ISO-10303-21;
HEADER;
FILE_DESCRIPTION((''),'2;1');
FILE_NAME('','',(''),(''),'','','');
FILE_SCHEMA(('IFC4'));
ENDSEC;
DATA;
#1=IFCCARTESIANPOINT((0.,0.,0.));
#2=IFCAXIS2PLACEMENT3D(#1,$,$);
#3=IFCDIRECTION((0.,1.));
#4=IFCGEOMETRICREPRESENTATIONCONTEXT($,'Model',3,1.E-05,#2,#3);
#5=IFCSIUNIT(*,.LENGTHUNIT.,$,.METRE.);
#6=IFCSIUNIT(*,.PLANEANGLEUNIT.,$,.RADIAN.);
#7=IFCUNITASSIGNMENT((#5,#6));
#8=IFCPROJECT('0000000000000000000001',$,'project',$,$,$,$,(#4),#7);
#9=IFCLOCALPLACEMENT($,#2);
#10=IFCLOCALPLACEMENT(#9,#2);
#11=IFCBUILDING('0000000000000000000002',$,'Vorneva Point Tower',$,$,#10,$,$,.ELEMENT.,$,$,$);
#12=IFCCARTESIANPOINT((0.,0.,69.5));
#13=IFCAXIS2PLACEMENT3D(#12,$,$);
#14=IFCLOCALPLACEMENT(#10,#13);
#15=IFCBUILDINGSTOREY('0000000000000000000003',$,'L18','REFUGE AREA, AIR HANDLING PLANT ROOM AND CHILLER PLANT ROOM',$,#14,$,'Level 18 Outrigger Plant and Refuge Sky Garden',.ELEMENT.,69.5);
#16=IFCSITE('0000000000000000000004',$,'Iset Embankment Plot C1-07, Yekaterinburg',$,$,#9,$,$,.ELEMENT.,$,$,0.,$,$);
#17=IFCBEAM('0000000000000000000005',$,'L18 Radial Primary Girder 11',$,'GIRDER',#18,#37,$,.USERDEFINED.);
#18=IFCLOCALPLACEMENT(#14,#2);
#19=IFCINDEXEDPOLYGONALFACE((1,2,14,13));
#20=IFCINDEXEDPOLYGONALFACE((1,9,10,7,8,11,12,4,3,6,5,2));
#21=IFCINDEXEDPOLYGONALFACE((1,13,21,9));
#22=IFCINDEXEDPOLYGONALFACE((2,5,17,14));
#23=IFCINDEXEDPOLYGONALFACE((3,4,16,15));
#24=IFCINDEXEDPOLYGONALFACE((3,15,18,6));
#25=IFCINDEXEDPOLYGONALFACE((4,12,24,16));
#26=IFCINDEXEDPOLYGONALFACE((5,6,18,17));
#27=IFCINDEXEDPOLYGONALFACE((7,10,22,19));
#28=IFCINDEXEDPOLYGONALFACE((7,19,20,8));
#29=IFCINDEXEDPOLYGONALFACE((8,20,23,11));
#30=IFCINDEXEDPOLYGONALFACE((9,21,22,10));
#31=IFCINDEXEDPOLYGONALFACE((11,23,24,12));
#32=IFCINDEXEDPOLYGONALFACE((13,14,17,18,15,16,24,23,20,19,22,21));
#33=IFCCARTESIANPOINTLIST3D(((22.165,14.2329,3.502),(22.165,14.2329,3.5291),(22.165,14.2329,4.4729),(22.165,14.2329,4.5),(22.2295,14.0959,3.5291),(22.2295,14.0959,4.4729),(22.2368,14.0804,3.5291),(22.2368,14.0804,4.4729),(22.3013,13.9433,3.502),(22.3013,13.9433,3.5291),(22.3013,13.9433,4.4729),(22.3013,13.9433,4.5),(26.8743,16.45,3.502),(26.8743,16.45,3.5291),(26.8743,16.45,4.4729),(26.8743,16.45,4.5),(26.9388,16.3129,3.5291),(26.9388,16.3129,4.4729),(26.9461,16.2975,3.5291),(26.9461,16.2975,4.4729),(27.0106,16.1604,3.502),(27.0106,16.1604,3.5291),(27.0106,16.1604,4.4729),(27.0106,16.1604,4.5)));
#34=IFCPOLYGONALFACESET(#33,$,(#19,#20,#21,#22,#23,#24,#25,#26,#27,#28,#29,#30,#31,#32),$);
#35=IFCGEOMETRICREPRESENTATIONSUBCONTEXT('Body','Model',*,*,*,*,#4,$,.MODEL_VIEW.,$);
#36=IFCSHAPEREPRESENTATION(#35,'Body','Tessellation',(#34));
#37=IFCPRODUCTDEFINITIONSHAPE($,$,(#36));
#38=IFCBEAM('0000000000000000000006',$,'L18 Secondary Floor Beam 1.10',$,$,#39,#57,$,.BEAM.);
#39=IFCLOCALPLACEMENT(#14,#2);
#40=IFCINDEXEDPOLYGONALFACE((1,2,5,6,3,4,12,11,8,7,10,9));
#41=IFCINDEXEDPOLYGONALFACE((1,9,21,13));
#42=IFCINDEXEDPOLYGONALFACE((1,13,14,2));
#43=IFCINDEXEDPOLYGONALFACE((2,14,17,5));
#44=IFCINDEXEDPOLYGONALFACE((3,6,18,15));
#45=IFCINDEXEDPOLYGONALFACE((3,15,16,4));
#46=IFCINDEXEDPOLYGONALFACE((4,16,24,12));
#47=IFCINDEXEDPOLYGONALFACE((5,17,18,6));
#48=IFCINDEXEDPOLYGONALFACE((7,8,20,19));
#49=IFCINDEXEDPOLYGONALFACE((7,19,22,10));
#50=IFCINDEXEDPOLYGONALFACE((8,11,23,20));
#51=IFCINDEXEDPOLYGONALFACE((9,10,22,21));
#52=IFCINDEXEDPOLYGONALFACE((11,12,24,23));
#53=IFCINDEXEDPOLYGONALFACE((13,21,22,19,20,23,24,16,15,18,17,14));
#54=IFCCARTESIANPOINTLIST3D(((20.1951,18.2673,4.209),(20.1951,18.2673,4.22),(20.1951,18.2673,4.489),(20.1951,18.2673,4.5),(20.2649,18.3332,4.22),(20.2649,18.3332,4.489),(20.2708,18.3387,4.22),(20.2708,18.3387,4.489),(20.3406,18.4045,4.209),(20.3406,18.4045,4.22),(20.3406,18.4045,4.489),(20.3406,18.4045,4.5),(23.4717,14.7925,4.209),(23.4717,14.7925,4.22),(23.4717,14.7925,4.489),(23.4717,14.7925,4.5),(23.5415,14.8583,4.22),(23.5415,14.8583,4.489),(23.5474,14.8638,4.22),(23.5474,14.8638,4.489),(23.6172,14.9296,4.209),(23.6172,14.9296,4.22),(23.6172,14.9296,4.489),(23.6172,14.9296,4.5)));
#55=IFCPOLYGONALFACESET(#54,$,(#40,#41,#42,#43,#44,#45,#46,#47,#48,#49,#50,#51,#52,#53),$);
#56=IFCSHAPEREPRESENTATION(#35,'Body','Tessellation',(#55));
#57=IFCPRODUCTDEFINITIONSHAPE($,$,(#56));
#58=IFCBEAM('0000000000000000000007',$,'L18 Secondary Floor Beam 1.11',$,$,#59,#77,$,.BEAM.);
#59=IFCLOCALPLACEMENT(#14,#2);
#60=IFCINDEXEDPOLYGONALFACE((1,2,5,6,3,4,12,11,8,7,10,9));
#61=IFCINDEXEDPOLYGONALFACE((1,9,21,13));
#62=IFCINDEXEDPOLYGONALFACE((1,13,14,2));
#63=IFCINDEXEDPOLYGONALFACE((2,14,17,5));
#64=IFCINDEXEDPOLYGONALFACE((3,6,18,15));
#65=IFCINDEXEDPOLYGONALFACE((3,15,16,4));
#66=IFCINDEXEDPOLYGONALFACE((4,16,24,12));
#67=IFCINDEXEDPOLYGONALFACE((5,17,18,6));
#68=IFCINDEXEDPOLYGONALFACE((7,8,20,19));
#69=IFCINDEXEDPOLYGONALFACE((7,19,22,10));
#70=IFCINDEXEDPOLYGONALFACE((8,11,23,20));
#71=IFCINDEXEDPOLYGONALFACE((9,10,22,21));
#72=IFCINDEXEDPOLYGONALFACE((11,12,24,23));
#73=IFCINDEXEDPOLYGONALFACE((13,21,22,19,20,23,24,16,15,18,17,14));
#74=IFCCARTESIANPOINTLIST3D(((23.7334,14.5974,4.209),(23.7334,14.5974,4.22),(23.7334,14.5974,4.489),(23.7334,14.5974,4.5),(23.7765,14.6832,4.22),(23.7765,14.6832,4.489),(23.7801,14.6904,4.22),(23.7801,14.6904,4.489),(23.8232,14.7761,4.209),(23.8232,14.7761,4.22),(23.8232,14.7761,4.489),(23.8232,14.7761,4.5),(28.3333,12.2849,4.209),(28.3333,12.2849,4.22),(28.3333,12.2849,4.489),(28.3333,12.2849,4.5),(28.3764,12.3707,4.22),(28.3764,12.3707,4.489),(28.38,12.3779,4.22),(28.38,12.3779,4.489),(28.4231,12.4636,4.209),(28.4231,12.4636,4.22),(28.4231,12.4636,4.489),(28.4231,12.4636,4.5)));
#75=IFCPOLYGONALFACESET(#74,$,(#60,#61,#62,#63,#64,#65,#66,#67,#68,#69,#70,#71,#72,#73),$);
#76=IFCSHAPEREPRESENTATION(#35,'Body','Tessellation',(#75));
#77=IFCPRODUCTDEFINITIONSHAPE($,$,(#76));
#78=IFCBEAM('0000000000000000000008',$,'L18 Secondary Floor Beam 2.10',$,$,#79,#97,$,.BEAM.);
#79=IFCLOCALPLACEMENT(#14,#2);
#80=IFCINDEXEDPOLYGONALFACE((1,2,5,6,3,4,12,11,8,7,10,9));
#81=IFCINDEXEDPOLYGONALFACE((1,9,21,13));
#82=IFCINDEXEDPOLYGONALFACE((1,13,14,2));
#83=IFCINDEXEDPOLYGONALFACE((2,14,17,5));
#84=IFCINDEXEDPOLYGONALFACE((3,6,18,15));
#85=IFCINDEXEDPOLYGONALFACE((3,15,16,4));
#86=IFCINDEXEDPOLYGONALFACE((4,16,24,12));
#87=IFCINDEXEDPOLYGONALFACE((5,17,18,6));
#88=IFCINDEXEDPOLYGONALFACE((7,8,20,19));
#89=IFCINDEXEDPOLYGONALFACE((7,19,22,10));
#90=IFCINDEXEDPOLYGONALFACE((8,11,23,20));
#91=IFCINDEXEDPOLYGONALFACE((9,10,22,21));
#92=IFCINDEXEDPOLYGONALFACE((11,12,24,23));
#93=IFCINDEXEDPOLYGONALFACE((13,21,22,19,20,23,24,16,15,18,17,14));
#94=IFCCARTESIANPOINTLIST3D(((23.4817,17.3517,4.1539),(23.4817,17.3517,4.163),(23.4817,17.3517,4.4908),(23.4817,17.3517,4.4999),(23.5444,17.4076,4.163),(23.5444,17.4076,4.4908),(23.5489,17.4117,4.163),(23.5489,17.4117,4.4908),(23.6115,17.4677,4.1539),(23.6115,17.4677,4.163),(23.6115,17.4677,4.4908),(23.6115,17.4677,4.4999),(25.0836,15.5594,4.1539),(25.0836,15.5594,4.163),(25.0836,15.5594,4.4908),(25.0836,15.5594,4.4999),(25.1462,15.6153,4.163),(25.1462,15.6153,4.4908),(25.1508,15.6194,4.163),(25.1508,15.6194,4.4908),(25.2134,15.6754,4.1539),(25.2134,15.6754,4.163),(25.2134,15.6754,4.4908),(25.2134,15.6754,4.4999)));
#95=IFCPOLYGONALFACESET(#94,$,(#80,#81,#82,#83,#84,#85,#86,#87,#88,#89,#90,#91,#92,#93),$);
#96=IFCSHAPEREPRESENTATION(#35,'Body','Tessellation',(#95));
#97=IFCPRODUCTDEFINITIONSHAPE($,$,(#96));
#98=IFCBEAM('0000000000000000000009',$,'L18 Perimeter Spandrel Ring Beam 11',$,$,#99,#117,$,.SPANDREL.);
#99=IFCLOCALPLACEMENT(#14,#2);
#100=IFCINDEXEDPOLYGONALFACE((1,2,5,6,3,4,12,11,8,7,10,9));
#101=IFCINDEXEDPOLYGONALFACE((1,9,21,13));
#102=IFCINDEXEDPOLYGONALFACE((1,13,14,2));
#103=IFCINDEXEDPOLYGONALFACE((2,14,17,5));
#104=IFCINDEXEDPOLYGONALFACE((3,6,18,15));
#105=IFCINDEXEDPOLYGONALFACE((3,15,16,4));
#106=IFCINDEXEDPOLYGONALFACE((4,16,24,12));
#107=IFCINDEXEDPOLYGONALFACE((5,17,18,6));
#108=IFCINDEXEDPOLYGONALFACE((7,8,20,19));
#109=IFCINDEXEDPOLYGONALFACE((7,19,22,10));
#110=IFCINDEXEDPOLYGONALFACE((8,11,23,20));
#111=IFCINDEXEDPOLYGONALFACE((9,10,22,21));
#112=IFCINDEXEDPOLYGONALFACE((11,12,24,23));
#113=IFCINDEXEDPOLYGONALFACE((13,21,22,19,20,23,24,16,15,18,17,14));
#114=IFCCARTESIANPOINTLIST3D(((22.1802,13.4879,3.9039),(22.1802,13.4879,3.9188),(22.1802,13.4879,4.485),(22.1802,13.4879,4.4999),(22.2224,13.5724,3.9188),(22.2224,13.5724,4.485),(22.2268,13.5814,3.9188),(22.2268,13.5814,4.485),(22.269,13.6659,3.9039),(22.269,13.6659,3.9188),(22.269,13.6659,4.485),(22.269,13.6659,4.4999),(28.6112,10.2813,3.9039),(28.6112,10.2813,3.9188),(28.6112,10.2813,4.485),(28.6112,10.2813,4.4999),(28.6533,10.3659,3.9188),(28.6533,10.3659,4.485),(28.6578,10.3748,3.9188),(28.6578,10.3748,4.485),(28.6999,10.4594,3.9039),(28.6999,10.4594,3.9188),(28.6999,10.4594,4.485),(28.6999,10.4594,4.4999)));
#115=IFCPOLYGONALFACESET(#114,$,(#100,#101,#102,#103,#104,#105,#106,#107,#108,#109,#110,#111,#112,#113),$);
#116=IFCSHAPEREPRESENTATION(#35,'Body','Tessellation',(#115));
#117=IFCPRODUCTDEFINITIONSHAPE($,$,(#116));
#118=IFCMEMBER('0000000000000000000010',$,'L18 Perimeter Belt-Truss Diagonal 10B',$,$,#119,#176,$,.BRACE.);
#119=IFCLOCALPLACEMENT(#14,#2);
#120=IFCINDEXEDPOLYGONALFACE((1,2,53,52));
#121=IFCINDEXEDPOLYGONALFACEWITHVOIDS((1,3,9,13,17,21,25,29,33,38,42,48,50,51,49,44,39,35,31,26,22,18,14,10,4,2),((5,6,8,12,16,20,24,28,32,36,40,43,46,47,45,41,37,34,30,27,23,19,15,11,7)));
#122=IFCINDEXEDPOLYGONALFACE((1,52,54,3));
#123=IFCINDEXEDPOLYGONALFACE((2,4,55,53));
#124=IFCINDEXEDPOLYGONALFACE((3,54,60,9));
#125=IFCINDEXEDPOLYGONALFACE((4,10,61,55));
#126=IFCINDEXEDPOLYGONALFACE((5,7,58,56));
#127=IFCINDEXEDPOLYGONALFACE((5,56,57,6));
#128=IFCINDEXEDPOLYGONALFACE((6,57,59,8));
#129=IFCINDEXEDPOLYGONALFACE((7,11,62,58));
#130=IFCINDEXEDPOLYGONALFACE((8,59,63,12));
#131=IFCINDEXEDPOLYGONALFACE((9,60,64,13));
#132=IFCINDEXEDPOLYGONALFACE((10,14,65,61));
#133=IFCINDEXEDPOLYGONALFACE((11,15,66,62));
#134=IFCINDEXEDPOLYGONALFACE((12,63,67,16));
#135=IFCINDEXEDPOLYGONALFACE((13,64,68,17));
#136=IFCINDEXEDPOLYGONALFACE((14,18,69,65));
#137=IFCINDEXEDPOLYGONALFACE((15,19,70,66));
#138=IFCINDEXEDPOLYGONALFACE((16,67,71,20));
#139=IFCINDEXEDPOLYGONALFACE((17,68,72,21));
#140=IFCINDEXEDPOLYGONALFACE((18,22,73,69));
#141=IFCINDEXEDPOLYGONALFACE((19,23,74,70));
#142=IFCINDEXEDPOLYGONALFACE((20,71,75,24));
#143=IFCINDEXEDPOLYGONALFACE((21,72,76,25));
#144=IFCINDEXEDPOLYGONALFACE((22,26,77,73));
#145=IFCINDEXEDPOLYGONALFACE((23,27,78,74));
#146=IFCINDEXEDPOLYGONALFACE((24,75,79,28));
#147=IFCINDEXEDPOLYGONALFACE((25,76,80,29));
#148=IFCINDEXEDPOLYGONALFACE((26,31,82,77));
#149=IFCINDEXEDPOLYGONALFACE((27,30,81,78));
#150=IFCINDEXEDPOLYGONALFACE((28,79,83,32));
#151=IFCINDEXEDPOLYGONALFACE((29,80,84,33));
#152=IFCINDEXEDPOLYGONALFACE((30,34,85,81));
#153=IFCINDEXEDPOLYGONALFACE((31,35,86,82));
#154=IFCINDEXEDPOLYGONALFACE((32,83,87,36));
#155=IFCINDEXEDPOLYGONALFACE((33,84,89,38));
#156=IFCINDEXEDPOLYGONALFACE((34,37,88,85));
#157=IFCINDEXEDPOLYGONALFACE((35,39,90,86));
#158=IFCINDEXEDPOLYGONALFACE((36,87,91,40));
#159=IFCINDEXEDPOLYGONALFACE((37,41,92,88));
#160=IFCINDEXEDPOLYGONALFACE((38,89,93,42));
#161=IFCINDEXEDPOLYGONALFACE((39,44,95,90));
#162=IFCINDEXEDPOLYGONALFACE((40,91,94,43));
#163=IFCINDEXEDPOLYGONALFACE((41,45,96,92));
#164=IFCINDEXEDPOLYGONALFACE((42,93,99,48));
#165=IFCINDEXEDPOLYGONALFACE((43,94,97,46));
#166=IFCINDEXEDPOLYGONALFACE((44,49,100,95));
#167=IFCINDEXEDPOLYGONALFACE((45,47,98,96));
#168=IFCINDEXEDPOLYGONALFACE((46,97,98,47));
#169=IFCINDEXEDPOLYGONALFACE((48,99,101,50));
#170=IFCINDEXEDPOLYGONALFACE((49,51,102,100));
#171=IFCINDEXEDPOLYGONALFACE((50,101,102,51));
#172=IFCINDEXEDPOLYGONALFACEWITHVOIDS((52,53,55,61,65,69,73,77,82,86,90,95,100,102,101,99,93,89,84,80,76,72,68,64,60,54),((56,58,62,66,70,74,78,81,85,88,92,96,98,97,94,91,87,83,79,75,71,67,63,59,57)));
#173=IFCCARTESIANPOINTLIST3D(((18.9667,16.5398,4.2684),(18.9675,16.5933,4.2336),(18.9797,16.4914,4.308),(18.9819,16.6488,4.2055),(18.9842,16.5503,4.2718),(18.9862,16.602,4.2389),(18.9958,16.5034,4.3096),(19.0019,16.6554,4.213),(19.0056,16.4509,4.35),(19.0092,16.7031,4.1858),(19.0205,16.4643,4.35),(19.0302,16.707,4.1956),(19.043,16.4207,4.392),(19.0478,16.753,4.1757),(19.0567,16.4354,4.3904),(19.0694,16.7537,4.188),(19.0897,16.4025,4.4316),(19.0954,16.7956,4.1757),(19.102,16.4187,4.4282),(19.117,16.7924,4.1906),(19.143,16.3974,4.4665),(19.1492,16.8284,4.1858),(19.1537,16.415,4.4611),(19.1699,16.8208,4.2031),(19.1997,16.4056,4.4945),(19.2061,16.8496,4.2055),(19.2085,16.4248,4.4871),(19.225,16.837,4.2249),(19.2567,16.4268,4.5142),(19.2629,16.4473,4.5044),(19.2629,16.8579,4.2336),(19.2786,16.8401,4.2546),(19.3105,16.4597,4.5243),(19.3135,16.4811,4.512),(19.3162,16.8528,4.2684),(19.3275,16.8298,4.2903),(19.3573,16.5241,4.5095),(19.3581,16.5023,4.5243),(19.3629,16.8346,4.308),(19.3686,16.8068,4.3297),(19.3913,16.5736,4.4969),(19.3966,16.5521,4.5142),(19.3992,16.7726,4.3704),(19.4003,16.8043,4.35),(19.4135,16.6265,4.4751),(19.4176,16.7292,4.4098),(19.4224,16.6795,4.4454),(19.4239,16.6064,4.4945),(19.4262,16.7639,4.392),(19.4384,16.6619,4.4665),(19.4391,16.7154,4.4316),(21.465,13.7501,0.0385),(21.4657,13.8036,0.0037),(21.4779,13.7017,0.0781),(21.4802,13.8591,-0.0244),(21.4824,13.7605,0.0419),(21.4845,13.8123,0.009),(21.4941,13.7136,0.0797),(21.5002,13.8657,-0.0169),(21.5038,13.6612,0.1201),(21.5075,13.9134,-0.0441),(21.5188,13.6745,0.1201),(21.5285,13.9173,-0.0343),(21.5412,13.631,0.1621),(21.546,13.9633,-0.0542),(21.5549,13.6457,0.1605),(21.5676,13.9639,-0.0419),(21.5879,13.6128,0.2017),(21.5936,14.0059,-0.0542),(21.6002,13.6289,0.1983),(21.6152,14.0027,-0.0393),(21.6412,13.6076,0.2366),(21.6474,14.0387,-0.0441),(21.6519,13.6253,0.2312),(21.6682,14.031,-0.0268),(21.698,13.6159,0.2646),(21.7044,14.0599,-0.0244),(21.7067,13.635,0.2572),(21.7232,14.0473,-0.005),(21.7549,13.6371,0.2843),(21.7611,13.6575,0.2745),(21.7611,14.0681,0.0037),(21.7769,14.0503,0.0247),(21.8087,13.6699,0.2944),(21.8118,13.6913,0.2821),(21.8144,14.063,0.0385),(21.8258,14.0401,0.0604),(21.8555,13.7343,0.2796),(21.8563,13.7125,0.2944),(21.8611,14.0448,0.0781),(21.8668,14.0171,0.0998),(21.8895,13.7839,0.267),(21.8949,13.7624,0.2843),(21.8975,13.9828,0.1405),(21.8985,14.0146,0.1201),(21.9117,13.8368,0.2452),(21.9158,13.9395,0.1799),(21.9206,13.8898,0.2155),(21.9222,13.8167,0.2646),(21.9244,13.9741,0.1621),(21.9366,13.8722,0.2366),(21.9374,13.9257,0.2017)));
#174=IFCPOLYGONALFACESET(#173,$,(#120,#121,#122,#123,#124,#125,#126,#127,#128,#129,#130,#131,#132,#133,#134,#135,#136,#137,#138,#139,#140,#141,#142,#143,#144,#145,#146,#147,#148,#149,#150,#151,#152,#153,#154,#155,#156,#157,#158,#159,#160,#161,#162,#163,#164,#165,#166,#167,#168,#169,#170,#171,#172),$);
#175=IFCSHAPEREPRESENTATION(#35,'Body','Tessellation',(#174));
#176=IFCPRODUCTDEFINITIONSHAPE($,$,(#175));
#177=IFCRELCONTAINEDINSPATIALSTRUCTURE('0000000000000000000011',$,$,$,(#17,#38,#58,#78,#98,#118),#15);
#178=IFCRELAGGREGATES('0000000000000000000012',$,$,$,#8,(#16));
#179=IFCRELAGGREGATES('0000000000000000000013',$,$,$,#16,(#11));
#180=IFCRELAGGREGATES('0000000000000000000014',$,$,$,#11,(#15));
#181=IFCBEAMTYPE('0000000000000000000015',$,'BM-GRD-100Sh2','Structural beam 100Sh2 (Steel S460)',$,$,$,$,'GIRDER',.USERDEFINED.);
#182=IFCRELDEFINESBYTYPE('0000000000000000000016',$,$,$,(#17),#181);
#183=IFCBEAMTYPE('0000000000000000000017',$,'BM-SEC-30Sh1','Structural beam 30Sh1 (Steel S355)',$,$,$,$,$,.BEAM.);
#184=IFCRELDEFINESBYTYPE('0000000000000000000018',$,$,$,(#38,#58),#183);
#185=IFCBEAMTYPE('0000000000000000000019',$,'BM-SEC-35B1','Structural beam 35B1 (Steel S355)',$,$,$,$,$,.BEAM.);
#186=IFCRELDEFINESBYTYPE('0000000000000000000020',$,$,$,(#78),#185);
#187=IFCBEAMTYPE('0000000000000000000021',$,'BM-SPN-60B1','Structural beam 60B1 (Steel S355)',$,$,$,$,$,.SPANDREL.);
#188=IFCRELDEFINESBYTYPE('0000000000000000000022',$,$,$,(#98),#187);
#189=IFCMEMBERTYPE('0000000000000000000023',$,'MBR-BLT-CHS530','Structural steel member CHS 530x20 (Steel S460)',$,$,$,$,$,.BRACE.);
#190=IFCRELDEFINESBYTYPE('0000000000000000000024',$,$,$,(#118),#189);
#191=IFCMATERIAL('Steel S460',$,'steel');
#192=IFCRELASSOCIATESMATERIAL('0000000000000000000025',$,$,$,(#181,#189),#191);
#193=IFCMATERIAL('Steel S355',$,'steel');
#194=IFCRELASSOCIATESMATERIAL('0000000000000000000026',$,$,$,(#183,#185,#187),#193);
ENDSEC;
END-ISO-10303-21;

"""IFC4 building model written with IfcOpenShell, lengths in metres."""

from ifc_helpers import new_model, si_unit, direction, frame, origin, origin_2d, place, context, subcontext, project, spatial, hollow_circle, i_section, extrude, material, material_profile, profile_set, type_object, element, save


model = new_model("IFC4")

# Units and contexts
model_context = context("Model", 3, precision=1e-05, world=origin(), true_north=direction((0.0, 1.0)))
body_context = subcontext(model_context, "Body", "Model", "MODEL_VIEW")
ifc_project = project(units=[si_unit("LENGTHUNIT", "METRE"), si_unit("PLANEANGLEUNIT", "RADIAN")], contexts=[model_context])

# Site, building, storey
site_placement = place(None, origin())
site = spatial("IfcSite", under=ifc_project, at=site_placement, Name="Iset Embankment Plot C1-07, Yekaterinburg", CompositionType="ELEMENT", RefElevation=0.0)
building_placement = place(site_placement, origin())
building = spatial("IfcBuilding", under=site, at=building_placement, Name="Vorneva Point Tower", CompositionType="ELEMENT")
storey_placement = place(building_placement, frame((0.0, 0.0, 69.5)))
storey = spatial("IfcBuildingStorey", under=building, at=storey_placement, Name="L18", Description="REFUGE AREA, AIR HANDLING PLANT ROOM AND CHILLER PLANT ROOM", LongName="Level 18 Outrigger Plant and Refuge Sky Garden", CompositionType="ELEMENT", Elevation=69.5)

# Beams
ifc_material_1 = material(Name="Steel S460", Category="steel")
ifc_material_profile_1 = material_profile(ifc_material_1, i_section(OverallWidth=0.3201, OverallDepth=0.998, WebThickness=0.0171, FlangeThickness=0.0271, at=origin_2d()), Name="100Sh2")
ifc_profile_set_1 = profile_set([ifc_material_profile_1], Name="Steel S460")
beam_type_1 = type_object("IfcBeamType", Name="BM-GRD-100Sh2", Description="Structural beam 100Sh2 (Steel S460)", ElementType="GIRDER", PredefinedType="USERDEFINED", material=ifc_profile_set_1)
beam_1_placement = place(storey_placement, frame((22.2332, 14.0881, 4.001), z_axis=(0.90475, 0.425944, 0.0), x_axis=(-0.425944, 0.90475, 0.0)))
element("IfcBeam", 1, at=beam_1_placement, inside=storey, type_object=beam_type_1, Name="L18 Radial Primary Girder 11", ObjectType="GIRDER", PredefinedType="USERDEFINED", context=body_context, shape_type="SweptSolid", body=[
    extrude(i_section(OverallWidth=0.3201, OverallDepth=0.998, WebThickness=0.0171, FlangeThickness=0.0271, at=origin_2d()), origin(), (0.0, 0.0, 1.0), 5.2051),
])
ifc_material_2 = material(Name="Steel S355", Category="steel")
ifc_material_profile_2 = material_profile(ifc_material_2, i_section(OverallWidth=0.2, OverallDepth=0.291, WebThickness=0.0081, FlangeThickness=0.011, at=origin_2d()), Name="30Sh1")
ifc_profile_set_2 = profile_set([ifc_material_profile_2], Name="Steel S355")
beam_type_2 = type_object("IfcBeamType", Name="BM-SEC-30Sh1", Description="Structural beam 30Sh1 (Steel S355)", PredefinedType="BEAM", material=ifc_profile_set_2)
beam_2_placement = place(storey_placement, frame((20.2678, 18.3359, 4.3545), z_axis=(0.686048, -0.727556, 0.0), x_axis=(0.727556, 0.686048, 0.0)))
element("IfcBeam", 2, at=beam_2_placement, inside=storey, type_object=beam_type_2, Name="L18 Secondary Floor Beam 1.10", PredefinedType="BEAM", context=body_context, shape_type="SweptSolid", body=[
    extrude(i_section(OverallWidth=0.2, OverallDepth=0.291, WebThickness=0.0081, FlangeThickness=0.011, at=origin_2d()), origin(), (0.0, 0.0, 1.0), 4.7761),
])
beam_3_placement = place(storey_placement, frame((23.7783, 14.6868, 4.3545), z_axis=(0.893448, -0.449166, 0.0), x_axis=(0.449166, 0.893448, 0.0)))
element("IfcBeam", 3, at=beam_3_placement, inside=storey, type_object=beam_type_2, Name="L18 Secondary Floor Beam 1.11", PredefinedType="BEAM", context=body_context, shape_type="SweptSolid", body=[
    extrude(i_section(OverallWidth=0.2, OverallDepth=0.291, WebThickness=0.0081, FlangeThickness=0.011, at=origin_2d()), origin(), (0.0, 0.0, 1.0), 5.1484),
])
ifc_material_profile_3 = material_profile(ifc_material_2, i_section(OverallWidth=0.1741, OverallDepth=0.3459, WebThickness=0.0061, FlangeThickness=0.009, at=origin_2d()), Name="35B1")
ifc_profile_set_3 = profile_set([ifc_material_profile_3], Name="Steel S355")
beam_type_3 = type_object("IfcBeamType", Name="BM-SEC-35B1", Description="Structural beam 35B1 (Steel S355)", PredefinedType="BEAM", material=ifc_profile_set_3)
beam_4_placement = place(storey_placement, frame((23.5466, 17.4097, 4.3269), z_axis=(0.666385, -0.745608, 0.0), x_axis=(0.745608, 0.666385, 0.0)))
element("IfcBeam", 4, at=beam_4_placement, inside=storey, type_object=beam_type_3, Name="L18 Secondary Floor Beam 2.10", PredefinedType="BEAM", context=body_context, shape_type="SweptSolid", body=[
    extrude(i_section(OverallWidth=0.1741, OverallDepth=0.3459, WebThickness=0.0061, FlangeThickness=0.009, at=origin_2d()), origin(), (0.0, 0.0, 1.0), 2.4038),
])
ifc_material_profile_4 = material_profile(ifc_material_2, i_section(OverallWidth=0.199, OverallDepth=0.5959, WebThickness=0.01, FlangeThickness=0.0149, at=origin_2d()), Name="60B1")
ifc_profile_set_4 = profile_set([ifc_material_profile_4], Name="Steel S355")
beam_type_4 = type_object("IfcBeamType", Name="BM-SPN-60B1", Description="Structural beam 60B1 (Steel S355)", PredefinedType="SPANDREL", material=ifc_profile_set_4)
beam_5_placement = place(storey_placement, frame((22.2246, 13.5769, 4.2019), z_axis=(0.894923, -0.446221, 0.0), x_axis=(0.446221, 0.894923, 0.0)))
element("IfcBeam", 5, at=beam_5_placement, inside=storey, type_object=beam_type_4, Name="L18 Perimeter Spandrel Ring Beam 11", PredefinedType="SPANDREL", context=body_context, shape_type="SweptSolid", body=[
    extrude(i_section(OverallWidth=0.199, OverallDepth=0.5959, WebThickness=0.01, FlangeThickness=0.0149, at=origin_2d()), origin(), (0.0, 0.0, 1.0), 7.186),
])

# Member
ifc_material_profile_5 = material_profile(ifc_material_1, hollow_circle(Radius=0.2649, WallThickness=0.02, at=origin_2d()), Name="CHS 530x20")
ifc_profile_set_5 = profile_set([ifc_material_profile_5], Name="Steel S460")
member_type = type_object("IfcMemberType", Name="MBR-BLT-CHS530", Description="Structural steel member CHS 530x20 (Steel S460)", PredefinedType="BRACE", material=ifc_profile_set_5)
member_placement = place(storey_placement, frame((21.7012, 13.8379, 0.1201), z_axis=(-0.442212, 0.49381, 0.748732), x_axis=(-0.744955, -0.667115, 0.0)))
element("IfcMember", 6, at=member_placement, inside=storey, type_object=member_type, Name="L18 Perimeter Belt-Truss Diagonal 10B", PredefinedType="BRACE", context=body_context, shape_type="SweptSolid", body=[
    extrude(hollow_circle(Radius=0.2649, WallThickness=0.02, at=origin_2d()), origin(), (0.0, 0.0, 1.0), 5.6494),
])

save(model, "model.ifc")
